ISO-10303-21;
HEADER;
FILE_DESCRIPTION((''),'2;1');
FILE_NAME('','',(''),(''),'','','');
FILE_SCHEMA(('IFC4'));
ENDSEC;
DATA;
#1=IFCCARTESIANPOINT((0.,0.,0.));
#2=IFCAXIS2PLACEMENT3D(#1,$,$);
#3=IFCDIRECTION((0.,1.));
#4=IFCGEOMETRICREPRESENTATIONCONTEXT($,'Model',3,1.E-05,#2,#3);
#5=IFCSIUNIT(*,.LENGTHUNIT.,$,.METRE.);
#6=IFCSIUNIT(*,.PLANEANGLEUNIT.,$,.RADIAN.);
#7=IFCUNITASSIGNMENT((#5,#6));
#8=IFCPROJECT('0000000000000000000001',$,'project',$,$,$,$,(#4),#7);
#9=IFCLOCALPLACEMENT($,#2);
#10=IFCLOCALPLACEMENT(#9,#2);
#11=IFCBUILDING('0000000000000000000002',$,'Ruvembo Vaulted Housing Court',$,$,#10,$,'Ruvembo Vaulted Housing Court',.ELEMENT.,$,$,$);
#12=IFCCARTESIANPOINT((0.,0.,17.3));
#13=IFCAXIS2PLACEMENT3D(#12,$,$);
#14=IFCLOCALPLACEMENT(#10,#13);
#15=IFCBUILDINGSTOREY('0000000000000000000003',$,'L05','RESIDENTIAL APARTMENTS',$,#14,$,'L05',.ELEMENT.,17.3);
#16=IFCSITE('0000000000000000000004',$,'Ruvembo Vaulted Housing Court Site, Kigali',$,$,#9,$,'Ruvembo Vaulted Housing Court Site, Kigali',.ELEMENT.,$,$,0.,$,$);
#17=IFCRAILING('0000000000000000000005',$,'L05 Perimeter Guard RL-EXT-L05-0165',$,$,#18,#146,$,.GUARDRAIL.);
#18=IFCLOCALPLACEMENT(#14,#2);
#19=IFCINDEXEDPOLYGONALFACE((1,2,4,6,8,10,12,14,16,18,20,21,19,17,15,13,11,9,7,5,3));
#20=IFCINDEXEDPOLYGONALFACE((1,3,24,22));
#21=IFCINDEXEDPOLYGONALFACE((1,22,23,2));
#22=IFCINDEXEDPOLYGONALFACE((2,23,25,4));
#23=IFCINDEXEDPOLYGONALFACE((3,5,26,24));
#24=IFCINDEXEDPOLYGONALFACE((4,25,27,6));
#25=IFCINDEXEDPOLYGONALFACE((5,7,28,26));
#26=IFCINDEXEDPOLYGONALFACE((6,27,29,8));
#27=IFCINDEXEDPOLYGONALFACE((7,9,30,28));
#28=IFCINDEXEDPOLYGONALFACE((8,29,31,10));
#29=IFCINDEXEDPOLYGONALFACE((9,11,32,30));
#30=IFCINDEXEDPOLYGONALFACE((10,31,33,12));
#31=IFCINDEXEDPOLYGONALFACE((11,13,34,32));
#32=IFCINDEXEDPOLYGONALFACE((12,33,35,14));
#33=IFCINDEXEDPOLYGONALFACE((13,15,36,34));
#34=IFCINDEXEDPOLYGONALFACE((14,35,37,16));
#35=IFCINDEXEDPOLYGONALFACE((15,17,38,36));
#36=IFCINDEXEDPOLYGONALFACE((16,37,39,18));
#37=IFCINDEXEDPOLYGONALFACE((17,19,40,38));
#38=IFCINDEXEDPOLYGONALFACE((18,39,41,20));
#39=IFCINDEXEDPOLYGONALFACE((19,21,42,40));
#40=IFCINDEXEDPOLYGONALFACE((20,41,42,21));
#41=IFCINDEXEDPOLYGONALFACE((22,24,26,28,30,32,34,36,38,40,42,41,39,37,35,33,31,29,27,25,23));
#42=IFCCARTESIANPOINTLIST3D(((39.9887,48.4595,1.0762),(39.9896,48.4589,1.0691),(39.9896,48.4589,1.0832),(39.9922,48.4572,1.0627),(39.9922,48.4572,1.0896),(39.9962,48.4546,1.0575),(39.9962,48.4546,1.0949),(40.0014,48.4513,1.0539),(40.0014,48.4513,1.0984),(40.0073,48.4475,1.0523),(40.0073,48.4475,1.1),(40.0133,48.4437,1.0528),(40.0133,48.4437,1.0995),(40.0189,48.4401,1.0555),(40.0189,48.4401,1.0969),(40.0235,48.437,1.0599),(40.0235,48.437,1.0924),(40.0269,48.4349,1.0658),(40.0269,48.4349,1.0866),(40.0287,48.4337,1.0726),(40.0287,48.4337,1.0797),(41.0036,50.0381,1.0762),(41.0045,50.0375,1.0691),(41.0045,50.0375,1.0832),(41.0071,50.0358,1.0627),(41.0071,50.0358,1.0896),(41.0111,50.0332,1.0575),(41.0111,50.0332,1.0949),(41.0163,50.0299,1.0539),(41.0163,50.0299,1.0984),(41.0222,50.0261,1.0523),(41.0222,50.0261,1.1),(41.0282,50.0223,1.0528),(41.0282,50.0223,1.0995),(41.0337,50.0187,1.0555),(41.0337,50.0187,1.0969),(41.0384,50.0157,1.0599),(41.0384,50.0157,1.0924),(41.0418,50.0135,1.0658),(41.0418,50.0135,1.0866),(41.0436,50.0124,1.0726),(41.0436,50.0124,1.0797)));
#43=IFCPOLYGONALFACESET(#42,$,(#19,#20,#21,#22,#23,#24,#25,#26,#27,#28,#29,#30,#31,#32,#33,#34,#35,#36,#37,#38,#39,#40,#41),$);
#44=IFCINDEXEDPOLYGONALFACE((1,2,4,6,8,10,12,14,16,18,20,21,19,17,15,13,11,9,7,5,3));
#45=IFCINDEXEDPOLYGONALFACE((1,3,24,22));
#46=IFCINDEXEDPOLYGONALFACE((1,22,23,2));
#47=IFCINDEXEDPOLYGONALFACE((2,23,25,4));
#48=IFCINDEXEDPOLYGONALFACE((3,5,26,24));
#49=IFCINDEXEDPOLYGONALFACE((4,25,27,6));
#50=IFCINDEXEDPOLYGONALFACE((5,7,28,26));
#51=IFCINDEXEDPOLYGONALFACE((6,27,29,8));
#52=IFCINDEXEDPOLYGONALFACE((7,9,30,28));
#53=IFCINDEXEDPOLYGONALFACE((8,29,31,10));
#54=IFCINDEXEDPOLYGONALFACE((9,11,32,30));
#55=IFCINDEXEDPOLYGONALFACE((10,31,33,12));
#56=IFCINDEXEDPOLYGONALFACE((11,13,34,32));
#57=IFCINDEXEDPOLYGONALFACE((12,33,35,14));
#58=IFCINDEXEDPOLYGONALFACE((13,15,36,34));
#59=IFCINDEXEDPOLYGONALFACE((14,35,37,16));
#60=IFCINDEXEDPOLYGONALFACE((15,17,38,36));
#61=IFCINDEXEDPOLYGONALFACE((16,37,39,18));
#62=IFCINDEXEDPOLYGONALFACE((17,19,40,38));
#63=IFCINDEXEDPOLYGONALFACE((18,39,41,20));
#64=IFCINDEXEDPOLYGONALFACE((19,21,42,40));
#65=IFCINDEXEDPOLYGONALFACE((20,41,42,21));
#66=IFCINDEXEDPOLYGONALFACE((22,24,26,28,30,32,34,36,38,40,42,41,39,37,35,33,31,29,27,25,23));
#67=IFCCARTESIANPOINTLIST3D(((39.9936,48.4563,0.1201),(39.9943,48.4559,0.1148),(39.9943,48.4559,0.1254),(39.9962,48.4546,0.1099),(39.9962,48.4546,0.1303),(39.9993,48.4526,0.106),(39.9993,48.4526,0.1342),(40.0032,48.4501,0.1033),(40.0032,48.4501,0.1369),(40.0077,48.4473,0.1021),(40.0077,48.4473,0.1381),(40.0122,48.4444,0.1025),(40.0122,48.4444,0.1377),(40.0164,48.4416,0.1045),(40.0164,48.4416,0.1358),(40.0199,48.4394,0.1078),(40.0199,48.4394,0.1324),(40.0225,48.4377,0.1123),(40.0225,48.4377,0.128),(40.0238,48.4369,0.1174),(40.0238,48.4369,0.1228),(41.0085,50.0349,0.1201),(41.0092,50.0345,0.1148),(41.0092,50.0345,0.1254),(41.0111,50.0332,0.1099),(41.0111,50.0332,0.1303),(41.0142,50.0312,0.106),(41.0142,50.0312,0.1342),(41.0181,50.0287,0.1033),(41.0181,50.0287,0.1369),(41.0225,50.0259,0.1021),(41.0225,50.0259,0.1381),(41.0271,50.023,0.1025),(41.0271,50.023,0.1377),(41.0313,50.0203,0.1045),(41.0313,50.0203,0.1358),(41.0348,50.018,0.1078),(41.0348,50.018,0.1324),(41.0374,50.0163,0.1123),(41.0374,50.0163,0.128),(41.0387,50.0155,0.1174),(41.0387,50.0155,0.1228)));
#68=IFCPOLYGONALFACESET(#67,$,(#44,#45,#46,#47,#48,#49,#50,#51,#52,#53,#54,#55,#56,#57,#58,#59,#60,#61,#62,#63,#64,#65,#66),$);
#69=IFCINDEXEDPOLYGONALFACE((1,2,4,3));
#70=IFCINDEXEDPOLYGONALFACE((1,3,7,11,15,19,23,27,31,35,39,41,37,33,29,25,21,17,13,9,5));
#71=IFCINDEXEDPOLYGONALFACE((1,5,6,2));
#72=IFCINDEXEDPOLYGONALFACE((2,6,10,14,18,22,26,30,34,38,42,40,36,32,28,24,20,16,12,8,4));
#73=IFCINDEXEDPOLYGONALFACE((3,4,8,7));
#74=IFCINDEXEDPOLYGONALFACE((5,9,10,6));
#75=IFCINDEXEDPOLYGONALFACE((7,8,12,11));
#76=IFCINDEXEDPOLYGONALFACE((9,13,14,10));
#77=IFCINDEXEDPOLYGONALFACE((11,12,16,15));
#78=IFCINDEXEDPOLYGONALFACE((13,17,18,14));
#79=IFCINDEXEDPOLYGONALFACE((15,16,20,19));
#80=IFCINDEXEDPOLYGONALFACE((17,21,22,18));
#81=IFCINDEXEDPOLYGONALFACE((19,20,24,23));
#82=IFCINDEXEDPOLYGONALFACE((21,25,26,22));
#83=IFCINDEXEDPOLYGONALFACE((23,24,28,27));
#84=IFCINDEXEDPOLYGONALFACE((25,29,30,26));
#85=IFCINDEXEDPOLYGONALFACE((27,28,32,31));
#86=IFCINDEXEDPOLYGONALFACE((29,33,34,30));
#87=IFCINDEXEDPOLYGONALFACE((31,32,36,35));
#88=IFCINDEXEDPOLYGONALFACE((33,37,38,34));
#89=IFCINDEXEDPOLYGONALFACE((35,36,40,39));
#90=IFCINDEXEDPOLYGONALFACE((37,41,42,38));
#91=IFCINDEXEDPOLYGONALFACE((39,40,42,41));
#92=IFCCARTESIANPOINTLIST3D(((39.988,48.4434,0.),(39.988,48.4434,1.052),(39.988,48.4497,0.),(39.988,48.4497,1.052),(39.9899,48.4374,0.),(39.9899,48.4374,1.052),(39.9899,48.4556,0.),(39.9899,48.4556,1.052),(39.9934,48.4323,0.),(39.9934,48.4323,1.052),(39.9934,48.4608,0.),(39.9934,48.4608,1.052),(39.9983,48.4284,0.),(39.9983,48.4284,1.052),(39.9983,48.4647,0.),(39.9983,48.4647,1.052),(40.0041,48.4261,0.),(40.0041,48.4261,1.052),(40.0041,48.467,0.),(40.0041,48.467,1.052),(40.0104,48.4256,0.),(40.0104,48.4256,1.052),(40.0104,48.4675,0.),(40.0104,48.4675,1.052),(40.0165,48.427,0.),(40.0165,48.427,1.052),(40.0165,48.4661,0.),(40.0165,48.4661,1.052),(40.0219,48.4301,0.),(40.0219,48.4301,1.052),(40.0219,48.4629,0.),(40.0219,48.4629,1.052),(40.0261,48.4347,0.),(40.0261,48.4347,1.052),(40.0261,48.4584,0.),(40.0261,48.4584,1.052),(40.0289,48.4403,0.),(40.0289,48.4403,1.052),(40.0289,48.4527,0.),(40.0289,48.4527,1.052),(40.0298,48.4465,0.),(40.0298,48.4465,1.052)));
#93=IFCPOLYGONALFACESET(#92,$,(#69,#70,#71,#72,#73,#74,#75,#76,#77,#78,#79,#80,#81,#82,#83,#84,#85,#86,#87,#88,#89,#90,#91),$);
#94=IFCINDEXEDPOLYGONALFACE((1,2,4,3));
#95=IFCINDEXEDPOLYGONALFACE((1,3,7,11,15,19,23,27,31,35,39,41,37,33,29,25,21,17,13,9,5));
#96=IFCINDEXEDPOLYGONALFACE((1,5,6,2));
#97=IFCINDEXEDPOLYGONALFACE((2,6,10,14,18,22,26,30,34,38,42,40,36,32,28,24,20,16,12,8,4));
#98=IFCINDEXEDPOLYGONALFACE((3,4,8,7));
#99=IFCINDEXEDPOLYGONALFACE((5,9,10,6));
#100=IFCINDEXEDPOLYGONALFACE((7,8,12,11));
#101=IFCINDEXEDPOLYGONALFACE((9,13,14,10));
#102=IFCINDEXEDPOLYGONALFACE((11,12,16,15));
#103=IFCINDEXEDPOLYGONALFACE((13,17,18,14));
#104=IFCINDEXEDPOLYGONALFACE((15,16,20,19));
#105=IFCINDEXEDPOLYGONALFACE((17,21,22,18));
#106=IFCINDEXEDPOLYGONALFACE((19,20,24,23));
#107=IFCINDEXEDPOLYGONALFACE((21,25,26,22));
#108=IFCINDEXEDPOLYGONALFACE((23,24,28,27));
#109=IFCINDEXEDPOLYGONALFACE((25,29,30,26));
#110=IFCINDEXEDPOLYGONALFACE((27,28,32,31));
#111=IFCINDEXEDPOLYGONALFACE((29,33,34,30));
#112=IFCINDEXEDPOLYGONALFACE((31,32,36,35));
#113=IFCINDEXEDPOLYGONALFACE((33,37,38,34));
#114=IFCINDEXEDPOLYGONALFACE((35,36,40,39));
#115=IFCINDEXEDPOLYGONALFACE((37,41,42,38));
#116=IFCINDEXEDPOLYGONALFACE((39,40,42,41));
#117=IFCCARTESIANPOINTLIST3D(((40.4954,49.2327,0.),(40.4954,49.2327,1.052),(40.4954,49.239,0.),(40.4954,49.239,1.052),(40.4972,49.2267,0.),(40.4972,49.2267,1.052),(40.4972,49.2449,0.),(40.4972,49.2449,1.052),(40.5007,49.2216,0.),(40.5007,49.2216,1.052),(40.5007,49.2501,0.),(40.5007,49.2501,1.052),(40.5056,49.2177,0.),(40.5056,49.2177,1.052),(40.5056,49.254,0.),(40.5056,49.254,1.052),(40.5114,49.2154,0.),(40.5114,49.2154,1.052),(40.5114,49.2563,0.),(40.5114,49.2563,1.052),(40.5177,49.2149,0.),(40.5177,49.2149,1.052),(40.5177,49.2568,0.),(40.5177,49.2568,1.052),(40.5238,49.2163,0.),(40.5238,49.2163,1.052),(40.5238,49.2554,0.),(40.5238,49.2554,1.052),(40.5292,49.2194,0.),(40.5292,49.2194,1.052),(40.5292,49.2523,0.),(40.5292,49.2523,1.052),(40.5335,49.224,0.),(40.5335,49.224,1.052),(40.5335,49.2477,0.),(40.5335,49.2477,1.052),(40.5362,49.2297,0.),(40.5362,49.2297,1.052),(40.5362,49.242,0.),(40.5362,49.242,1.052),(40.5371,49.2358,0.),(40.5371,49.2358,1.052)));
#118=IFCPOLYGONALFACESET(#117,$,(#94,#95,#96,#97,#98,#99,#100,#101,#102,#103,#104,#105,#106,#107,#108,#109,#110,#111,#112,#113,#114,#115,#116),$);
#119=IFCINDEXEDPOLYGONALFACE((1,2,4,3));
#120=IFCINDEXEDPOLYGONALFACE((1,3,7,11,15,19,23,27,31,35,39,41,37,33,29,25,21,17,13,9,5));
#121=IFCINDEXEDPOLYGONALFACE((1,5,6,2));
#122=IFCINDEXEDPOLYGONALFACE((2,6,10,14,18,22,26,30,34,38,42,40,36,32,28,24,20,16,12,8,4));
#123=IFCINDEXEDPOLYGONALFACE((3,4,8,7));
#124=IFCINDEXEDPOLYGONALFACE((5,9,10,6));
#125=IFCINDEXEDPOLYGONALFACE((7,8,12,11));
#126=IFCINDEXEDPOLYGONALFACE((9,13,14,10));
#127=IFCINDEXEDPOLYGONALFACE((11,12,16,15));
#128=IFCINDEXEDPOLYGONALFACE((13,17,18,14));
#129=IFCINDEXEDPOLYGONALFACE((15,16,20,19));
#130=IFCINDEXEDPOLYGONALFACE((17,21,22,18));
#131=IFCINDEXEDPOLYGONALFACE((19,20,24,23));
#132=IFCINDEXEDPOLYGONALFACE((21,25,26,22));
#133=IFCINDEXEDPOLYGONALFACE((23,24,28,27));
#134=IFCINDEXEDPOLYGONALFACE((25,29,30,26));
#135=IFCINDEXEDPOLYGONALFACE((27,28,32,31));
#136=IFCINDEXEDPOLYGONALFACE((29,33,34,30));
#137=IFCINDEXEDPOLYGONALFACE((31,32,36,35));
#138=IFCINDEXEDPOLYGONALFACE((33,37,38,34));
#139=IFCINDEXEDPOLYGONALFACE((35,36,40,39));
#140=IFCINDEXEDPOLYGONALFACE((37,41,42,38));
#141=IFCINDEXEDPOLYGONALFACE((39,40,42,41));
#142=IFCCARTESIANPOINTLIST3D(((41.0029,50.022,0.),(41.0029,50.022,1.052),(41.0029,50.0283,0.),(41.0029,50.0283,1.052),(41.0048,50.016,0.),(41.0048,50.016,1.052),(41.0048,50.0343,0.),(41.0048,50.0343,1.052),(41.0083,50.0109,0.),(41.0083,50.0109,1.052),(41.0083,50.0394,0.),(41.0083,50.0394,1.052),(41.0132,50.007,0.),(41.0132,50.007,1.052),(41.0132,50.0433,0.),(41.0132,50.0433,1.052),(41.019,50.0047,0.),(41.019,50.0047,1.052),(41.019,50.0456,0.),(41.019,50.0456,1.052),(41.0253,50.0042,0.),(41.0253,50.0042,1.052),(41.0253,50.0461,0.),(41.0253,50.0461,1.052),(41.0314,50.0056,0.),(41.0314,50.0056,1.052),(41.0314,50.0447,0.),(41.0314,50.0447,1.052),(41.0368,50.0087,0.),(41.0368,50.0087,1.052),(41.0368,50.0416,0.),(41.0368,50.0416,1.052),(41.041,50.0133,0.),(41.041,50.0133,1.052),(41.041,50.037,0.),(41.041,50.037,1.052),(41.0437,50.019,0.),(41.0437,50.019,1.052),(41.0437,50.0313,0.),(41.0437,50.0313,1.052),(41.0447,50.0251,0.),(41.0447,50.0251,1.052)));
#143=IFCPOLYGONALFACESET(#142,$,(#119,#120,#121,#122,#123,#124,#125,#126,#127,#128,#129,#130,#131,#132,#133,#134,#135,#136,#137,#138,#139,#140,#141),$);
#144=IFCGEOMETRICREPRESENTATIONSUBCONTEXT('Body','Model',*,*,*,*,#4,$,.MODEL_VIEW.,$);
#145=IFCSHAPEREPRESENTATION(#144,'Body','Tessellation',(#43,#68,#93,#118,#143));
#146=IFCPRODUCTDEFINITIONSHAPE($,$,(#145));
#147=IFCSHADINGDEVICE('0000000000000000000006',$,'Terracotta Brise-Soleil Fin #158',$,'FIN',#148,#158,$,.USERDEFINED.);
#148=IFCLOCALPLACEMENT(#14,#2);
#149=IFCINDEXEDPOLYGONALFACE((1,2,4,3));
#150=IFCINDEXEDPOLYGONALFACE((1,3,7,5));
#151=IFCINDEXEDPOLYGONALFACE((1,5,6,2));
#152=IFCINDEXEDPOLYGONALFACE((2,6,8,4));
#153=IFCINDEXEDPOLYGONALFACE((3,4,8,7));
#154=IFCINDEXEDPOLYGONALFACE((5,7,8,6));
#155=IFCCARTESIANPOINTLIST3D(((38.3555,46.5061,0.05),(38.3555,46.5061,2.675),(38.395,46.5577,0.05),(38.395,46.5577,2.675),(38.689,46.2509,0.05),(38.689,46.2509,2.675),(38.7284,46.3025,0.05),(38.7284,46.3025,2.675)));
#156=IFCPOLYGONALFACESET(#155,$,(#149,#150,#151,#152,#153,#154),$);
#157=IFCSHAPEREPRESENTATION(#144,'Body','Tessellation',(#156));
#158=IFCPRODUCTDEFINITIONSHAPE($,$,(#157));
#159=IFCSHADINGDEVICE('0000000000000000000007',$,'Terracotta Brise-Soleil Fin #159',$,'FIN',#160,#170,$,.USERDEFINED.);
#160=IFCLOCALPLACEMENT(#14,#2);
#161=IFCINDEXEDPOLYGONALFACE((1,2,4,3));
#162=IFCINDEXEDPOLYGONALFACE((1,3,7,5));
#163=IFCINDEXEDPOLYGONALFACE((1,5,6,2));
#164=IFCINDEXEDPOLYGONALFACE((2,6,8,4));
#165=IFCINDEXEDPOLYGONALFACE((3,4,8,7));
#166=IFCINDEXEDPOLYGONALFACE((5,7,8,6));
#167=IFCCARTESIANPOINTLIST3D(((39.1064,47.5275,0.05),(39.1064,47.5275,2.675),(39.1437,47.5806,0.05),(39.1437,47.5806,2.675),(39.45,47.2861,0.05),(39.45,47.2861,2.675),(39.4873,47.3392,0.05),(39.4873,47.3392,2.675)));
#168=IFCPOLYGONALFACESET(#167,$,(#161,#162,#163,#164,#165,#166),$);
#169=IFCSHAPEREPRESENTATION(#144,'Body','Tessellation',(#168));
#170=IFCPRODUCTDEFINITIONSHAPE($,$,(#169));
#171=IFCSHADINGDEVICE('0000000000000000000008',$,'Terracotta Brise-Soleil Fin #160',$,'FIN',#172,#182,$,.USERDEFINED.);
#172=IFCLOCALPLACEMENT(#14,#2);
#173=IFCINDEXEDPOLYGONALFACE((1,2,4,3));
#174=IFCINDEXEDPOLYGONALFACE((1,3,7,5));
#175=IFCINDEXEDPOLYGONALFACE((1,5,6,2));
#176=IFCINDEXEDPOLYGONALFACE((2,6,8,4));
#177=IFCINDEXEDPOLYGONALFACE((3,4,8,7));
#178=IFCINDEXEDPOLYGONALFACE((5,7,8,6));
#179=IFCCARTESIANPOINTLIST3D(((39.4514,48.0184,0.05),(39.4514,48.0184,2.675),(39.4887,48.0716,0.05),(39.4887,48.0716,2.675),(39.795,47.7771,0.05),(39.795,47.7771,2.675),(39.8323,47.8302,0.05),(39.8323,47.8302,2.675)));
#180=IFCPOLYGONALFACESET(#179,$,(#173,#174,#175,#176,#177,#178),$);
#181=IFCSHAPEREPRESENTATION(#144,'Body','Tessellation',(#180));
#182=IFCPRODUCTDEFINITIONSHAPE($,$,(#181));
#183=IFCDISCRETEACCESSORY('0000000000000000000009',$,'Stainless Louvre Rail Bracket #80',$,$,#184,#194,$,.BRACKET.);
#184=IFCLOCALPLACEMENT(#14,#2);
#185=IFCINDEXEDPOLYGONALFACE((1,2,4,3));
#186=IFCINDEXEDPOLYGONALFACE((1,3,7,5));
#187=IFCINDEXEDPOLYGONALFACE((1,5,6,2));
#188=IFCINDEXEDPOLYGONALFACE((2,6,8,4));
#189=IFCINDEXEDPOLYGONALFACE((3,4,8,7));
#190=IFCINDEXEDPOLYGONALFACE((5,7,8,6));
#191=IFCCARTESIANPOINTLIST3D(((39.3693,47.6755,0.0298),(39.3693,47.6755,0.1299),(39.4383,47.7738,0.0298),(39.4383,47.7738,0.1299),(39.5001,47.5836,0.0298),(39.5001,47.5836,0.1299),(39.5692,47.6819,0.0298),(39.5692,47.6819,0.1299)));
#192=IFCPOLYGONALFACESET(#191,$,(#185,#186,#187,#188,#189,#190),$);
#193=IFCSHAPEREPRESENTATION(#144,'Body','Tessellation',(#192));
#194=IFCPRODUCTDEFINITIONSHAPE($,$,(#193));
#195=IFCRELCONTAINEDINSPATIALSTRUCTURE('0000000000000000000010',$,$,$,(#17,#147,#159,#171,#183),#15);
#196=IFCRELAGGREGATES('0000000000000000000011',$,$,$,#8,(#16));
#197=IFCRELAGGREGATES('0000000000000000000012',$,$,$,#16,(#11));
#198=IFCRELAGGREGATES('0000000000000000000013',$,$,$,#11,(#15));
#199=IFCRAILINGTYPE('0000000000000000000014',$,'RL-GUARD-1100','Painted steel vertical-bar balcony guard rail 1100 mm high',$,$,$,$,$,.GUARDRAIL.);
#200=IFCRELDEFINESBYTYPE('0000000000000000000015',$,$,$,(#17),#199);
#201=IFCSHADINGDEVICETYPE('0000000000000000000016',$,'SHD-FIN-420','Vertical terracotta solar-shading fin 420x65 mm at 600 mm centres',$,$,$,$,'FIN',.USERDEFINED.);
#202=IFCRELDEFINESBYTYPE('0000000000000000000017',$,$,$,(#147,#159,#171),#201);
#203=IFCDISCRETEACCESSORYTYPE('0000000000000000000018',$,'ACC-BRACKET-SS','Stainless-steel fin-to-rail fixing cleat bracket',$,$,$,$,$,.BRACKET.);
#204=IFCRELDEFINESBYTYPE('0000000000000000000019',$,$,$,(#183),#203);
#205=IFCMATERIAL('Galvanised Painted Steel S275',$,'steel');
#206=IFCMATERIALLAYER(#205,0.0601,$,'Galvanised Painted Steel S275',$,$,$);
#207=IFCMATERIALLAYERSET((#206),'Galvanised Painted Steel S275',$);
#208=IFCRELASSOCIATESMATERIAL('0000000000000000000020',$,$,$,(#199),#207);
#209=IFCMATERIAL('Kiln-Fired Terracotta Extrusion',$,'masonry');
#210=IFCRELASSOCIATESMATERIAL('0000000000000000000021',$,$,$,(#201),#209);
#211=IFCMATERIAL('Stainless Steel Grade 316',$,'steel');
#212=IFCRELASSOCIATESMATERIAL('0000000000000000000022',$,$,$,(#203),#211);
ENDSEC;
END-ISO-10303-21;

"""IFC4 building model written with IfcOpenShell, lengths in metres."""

from ifc_helpers import new_model, si_unit, direction, frame, origin, origin_2d, place, context, subcontext, project, spatial, rectangle, circle, extrude, material, layer, layer_set, type_object, element, save


model = new_model("IFC4")

# Units and contexts
model_context = context("Model", 3, precision=1e-05, world=origin(), true_north=direction((0.0, 1.0)))
body_context = subcontext(model_context, "Body", "Model", "MODEL_VIEW")
ifc_project = project(units=[si_unit("LENGTHUNIT", "METRE"), si_unit("PLANEANGLEUNIT", "RADIAN")], contexts=[model_context])

# Site, building, storey
site_placement = place(None, origin())
site = spatial("IfcSite", under=ifc_project, at=site_placement, Name="Ruvembo Vaulted Housing Court Site, Kigali", LongName="Ruvembo Vaulted Housing Court Site, Kigali", CompositionType="ELEMENT", RefElevation=0.0)
building_placement = place(site_placement, origin())
building = spatial("IfcBuilding", under=site, at=building_placement, Name="Ruvembo Vaulted Housing Court", LongName="Ruvembo Vaulted Housing Court", CompositionType="ELEMENT")
storey_placement = place(building_placement, frame((0.0, 0.0, 17.3)))
storey = spatial("IfcBuildingStorey", under=building, at=storey_placement, Name="L05", Description="RESIDENTIAL APARTMENTS", LongName="L05", CompositionType="ELEMENT", Elevation=17.3)

# Railing
ifc_material_1 = material(Name="Galvanised Painted Steel S275", Category="steel")
ifc_layer_1 = layer(ifc_material_1, 0.0601, Name="Galvanised Painted Steel S275")
ifc_layer_set_1 = layer_set([ifc_layer_1], Name="Galvanised Painted Steel S275")
railing_type = type_object("IfcRailingType", Name="RL-GUARD-1100", Description="Painted steel vertical-bar balcony guard rail 1100 mm high", PredefinedType="GUARDRAIL", material=ifc_layer_set_1)
railing_1_placement = place(storey_placement, frame((40.0088, 48.4465, 0.0)))
element("IfcRailing", 1, at=railing_1_placement, inside=storey, type_object=railing_type, Name="L05 Perimeter Guard RL-EXT-L05-0165", PredefinedType="GUARDRAIL", context=body_context, shape_type="SweptSolid", body=[
    extrude(circle(Radius=0.0239, at=origin_2d()), frame((0.0, 0.0, 1.0762), z_axis=(0.540784, 0.841162, 0.0), x_axis=(-0.841162, 0.540784, 0.0)), (0.0, 0.0, 1.0), 1.8767),
    extrude(circle(Radius=0.0181, at=origin_2d()), frame((0.0, 0.0, 0.1201), z_axis=(0.540784, 0.841162, 0.0), x_axis=(-0.841162, 0.540784, 0.0)), (0.0, 0.0, 1.0), 1.8767),
    extrude(circle(Radius=0.021, at=origin_2d()), origin(), (0.0, 0.0, 1.0), 1.052),
    extrude(circle(Radius=0.021, at=origin_2d()), frame((0.5073, 0.7893, 0.0)), (0.0, 0.0, 1.0), 1.052),
    extrude(circle(Radius=0.021, at=origin_2d()), frame((1.0149, 1.5786, 0.0)), (0.0, 0.0, 1.0), 1.052),
])

# Shading devices
ifc_material_2 = material(Name="Kiln-Fired Terracotta Extrusion", Category="masonry")
shading_device_type = type_object("IfcShadingDeviceType", Name="SHD-FIN-420", Description="Vertical terracotta solar-shading fin 420x65 mm at 600 mm centres", ElementType="FIN", PredefinedType="USERDEFINED", material=ifc_material_2)
for number, where, z_axis, x_axis, name in (
    (2, (38.542, 46.4043, 0.05), (0.0, 0.0, 1.0), (0.794043, -0.607861, 0.0), "Terracotta Brise-Soleil Fin #158"),
    (3, (39.2969, 47.4333, 0.05), (0.0, 0.0, 1.0), (0.81828, -0.57482, 0.0), "Terracotta Brise-Soleil Fin #159"),
    (4, (39.6418, 47.9243, 0.05), (0.0, 0.0, 1.0), (0.81828, -0.57482, 0.0), "Terracotta Brise-Soleil Fin #160"),
):
    element("IfcShadingDevice", number, at=place(storey_placement, frame(where, z_axis=z_axis, x_axis=x_axis)), inside=storey, type_object=shading_device_type, Name=name, ObjectType="FIN", PredefinedType="USERDEFINED", context=body_context, shape_type="SweptSolid", body=[
        extrude(rectangle(XDim=0.4199, YDim=0.0649, at=origin_2d()), origin(), (0.0, 0.0, 1.0), 2.625),
    ])

# Discrete accessory
ifc_material_3 = material(Name="Stainless Steel Grade 316", Category="steel")
discrete_accessory_type = type_object("IfcDiscreteAccessoryType", Name="ACC-BRACKET-SS", Description="Stainless-steel fin-to-rail fixing cleat bracket", PredefinedType="BRACKET", material=ifc_material_3)
discrete_accessory_placement = place(storey_placement, frame((39.4692, 47.6787, 0.0298), z_axis=(0.0, 0.0, 1.0), x_axis=(0.81828, -0.57482, 0.0)))
element("IfcDiscreteAccessory", 5, at=discrete_accessory_placement, inside=storey, type_object=discrete_accessory_type, Name="Stainless Louvre Rail Bracket #80", PredefinedType="BRACKET", context=body_context, shape_type="SweptSolid", body=[
    extrude(rectangle(XDim=0.1599, YDim=0.1201, at=origin_2d()), origin(), (0.0, 0.0, 1.0), 0.1001),
])

save(model, "model.ifc")
